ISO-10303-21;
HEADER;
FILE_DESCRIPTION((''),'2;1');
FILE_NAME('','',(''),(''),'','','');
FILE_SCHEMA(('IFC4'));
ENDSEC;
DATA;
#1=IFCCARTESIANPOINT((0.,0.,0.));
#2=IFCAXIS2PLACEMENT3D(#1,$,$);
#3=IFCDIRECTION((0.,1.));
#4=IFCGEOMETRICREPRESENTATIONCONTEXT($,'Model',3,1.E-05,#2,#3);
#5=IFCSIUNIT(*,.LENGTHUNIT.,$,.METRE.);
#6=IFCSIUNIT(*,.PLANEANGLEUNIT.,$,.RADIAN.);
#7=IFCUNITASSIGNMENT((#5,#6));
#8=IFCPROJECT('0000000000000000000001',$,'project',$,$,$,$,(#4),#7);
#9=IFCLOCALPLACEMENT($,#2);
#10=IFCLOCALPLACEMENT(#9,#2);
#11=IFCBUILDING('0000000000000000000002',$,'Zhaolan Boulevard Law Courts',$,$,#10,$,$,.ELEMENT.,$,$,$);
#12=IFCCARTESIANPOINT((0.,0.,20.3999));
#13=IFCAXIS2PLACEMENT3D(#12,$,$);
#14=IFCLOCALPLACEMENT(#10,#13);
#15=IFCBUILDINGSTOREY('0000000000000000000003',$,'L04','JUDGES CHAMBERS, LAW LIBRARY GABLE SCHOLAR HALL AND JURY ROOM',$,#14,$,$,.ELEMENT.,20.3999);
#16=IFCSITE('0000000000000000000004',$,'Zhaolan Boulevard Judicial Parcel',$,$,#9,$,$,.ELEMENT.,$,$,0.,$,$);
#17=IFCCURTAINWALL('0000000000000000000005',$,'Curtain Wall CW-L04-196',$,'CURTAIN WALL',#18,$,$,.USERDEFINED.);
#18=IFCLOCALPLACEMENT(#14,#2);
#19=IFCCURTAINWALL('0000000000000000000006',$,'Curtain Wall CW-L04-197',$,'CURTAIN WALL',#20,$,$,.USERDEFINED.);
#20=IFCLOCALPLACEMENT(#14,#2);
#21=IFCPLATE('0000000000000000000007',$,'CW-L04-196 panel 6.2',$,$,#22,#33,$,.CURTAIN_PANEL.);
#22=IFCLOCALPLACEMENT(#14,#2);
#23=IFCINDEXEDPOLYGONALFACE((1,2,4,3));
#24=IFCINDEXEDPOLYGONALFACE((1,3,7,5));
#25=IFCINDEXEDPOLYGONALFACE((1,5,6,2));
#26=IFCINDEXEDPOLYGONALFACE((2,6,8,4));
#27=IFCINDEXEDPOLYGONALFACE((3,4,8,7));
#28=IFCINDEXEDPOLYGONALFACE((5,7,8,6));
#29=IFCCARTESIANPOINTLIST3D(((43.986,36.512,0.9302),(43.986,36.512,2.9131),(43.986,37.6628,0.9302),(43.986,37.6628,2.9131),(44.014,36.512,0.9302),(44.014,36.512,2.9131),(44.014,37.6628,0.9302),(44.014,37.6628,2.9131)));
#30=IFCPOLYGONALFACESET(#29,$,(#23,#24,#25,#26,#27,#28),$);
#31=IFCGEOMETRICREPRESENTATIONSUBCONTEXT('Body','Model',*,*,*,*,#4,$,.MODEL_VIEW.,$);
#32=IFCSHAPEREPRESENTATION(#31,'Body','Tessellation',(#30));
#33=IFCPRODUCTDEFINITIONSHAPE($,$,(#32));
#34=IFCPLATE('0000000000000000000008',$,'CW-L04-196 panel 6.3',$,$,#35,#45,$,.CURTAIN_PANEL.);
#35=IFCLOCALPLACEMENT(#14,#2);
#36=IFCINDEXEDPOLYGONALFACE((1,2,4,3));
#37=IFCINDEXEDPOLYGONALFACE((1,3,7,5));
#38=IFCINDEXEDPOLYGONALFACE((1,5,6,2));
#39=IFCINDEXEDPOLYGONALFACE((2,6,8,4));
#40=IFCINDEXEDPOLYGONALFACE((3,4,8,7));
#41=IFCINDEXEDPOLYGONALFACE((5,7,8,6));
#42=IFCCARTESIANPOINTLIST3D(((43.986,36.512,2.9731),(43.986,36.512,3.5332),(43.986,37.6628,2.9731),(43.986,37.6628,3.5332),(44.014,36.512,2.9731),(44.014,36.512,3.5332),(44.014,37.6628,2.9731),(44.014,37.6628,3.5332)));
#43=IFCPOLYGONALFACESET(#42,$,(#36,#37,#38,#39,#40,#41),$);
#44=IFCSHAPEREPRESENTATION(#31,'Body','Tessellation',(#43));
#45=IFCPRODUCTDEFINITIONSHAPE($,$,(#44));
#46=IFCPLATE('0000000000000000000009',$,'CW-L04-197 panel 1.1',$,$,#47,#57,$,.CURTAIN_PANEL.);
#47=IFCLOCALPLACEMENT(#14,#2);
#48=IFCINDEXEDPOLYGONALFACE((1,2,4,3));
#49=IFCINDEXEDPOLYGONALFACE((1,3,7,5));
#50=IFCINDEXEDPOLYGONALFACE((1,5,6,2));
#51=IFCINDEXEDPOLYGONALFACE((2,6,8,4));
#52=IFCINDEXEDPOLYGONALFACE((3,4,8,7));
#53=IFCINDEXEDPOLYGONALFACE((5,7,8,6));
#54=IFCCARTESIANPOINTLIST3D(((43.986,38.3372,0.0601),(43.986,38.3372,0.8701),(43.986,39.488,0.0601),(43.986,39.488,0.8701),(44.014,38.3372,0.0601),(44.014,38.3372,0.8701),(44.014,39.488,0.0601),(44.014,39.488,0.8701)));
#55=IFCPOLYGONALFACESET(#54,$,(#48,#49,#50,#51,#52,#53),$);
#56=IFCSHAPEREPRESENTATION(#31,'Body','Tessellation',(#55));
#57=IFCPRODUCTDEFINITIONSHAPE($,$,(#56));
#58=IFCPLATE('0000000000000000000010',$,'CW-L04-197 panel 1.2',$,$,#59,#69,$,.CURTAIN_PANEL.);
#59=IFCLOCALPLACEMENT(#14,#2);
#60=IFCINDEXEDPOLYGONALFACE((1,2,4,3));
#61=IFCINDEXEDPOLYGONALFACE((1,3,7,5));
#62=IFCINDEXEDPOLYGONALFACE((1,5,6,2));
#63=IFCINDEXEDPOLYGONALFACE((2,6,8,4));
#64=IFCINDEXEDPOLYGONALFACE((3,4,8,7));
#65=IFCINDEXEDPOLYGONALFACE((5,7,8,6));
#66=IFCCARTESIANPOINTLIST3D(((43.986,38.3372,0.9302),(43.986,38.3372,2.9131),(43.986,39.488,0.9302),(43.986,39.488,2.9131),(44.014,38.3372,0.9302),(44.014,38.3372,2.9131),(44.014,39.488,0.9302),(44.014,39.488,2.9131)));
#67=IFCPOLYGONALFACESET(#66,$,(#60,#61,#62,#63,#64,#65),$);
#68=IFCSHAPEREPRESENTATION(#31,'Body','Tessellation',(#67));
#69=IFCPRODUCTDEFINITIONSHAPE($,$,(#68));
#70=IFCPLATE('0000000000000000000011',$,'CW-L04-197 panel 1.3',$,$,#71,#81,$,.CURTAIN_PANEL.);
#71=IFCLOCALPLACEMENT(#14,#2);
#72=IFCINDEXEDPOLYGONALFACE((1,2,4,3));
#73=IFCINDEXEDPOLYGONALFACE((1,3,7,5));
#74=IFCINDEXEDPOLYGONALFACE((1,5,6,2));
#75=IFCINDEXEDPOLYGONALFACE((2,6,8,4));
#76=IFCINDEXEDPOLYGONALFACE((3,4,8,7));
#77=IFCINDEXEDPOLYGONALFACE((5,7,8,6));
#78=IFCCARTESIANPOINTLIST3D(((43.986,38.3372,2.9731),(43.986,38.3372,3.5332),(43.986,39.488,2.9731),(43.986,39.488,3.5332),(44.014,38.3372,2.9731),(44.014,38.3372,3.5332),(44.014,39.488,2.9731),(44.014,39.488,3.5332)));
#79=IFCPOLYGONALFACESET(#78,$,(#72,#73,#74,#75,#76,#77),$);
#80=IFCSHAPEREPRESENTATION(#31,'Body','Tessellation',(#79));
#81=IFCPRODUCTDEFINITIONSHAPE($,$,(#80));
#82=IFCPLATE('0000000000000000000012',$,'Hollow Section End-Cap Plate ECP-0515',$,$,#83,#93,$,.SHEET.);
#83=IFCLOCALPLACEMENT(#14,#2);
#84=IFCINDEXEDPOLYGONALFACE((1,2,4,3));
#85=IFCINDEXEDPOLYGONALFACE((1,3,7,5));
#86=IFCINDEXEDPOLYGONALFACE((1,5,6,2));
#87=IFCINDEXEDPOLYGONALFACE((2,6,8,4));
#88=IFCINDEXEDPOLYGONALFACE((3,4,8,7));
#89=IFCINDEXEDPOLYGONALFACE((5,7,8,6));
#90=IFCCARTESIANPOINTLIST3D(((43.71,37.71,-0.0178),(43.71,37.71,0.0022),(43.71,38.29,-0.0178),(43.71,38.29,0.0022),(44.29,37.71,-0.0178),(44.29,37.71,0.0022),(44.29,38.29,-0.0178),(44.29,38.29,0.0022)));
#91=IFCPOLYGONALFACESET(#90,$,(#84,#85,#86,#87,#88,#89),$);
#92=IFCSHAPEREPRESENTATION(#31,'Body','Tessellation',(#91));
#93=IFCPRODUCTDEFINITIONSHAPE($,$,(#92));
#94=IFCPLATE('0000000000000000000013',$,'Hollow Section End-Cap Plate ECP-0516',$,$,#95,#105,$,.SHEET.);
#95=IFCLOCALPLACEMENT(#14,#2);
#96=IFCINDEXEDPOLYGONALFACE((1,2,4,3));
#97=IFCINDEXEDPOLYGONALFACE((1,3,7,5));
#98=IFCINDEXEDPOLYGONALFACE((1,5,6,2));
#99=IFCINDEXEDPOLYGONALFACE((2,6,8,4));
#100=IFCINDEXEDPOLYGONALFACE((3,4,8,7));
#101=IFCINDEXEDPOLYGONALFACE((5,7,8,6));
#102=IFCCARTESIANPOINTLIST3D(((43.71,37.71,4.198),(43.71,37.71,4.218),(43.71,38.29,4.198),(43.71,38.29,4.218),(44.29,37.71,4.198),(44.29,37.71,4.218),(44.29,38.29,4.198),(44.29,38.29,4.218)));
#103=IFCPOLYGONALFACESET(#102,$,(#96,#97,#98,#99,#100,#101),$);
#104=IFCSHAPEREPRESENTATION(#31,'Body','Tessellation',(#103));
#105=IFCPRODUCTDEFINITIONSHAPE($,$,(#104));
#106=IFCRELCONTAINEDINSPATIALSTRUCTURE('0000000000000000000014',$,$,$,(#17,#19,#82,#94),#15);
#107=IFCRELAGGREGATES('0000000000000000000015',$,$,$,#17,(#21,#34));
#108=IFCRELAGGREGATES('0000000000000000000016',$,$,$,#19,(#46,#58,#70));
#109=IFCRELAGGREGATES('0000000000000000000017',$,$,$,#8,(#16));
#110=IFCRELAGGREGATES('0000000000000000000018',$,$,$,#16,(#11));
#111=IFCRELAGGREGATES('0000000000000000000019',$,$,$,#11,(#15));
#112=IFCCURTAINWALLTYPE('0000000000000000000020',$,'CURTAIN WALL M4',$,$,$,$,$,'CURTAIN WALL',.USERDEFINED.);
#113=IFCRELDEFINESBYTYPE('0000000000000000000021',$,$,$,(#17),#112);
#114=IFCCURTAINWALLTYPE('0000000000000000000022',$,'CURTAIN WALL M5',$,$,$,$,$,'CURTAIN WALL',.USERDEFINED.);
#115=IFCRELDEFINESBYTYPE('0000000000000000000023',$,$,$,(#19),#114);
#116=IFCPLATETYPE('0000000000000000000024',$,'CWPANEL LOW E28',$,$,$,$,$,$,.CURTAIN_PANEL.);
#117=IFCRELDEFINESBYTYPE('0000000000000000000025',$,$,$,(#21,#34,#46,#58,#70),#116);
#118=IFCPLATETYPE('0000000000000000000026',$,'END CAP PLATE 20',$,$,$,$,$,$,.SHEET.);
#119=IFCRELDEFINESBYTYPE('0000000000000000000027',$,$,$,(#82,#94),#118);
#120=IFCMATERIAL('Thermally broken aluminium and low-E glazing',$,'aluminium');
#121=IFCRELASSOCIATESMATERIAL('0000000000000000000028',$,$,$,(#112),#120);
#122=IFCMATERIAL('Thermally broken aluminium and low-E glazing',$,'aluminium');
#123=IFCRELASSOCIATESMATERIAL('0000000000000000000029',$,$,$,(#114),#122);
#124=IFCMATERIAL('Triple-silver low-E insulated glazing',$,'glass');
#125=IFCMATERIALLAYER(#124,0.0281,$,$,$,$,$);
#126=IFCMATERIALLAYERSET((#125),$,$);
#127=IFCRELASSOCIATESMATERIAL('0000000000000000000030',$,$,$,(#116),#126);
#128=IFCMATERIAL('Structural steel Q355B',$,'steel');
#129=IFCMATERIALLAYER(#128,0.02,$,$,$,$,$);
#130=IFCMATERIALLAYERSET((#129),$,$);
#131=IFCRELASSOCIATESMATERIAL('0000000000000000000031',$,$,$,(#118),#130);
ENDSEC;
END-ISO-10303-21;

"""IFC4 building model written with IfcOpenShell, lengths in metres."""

from ifc_helpers import new_model, si_unit, direction, frame, origin, origin_2d, place, context, subcontext, project, spatial, rectangle, extrude, material, layer, layer_set, type_object, element, aggregate, save


model = new_model("IFC4")

# Units and contexts
model_context = context("Model", 3, precision=1e-05, world=origin(), true_north=direction((0.0, 1.0)))
body_context = subcontext(model_context, "Body", "Model", "MODEL_VIEW")
ifc_project = project(units=[si_unit("LENGTHUNIT", "METRE"), si_unit("PLANEANGLEUNIT", "RADIAN")], contexts=[model_context])

# Site, building, storey
site_placement = place(None, origin())
site = spatial("IfcSite", under=ifc_project, at=site_placement, Name="Zhaolan Boulevard Judicial Parcel", CompositionType="ELEMENT", RefElevation=0.0)
building_placement = place(site_placement, origin())
building = spatial("IfcBuilding", under=site, at=building_placement, Name="Zhaolan Boulevard Law Courts", CompositionType="ELEMENT")
storey_placement = place(building_placement, frame((0.0, 0.0, 20.3999)))
storey = spatial("IfcBuildingStorey", under=building, at=storey_placement, Name="L04", Description="JUDGES CHAMBERS, LAW LIBRARY GABLE SCHOLAR HALL AND JURY ROOM", CompositionType="ELEMENT", Elevation=20.3999)

# Curtain walls
ifc_material_1 = material(Name="Thermally broken aluminium and low-E glazing", Category="aluminium")
curtain_wall_type_1 = type_object("IfcCurtainWallType", Name="CURTAIN WALL M4", ElementType="CURTAIN WALL", PredefinedType="USERDEFINED", material=ifc_material_1)
curtain_wall_1_placement = place(storey_placement, origin())
curtain_wall_1 = element("IfcCurtainWall", 1, at=curtain_wall_1_placement, inside=storey, type_object=curtain_wall_type_1, Name="Curtain Wall CW-L04-196", ObjectType="CURTAIN WALL", PredefinedType="USERDEFINED")
ifc_material_2 = material(Name="Thermally broken aluminium and low-E glazing", Category="aluminium")
curtain_wall_type_2 = type_object("IfcCurtainWallType", Name="CURTAIN WALL M5", ElementType="CURTAIN WALL", PredefinedType="USERDEFINED", material=ifc_material_2)
curtain_wall_2_placement = place(storey_placement, origin())
curtain_wall_2 = element("IfcCurtainWall", 2, at=curtain_wall_2_placement, inside=storey, type_object=curtain_wall_type_2, Name="Curtain Wall CW-L04-197", ObjectType="CURTAIN WALL", PredefinedType="USERDEFINED")

# Plates
ifc_material_3 = material(Name="Triple-silver low-E insulated glazing", Category="glass")
ifc_layer_1 = layer(ifc_material_3, 0.0281)
ifc_layer_set_1 = layer_set([ifc_layer_1])
plate_type_1 = type_object("IfcPlateType", Name="CWPANEL LOW E28", PredefinedType="CURTAIN_PANEL", material=ifc_layer_set_1)
plate_1_placement = place(storey_placement, frame((44.0, 37.0874, 0.9302), z_axis=(0.0, 0.0, 1.0), x_axis=(0.0, 1.0, 0.0)))
plate_1 = element("IfcPlate", 3, at=plate_1_placement, type_object=plate_type_1, Name="CW-L04-196 panel 6.2", PredefinedType="CURTAIN_PANEL", context=body_context, shape_type="SweptSolid", body=[
    extrude(rectangle(XDim=1.1509, YDim=0.0281, at=origin_2d()), origin(), (0.0, 0.0, 1.0), 1.9829),
])
plate_2_placement = place(storey_placement, frame((44.0, 37.0874, 2.9731), z_axis=(0.0, 0.0, 1.0), x_axis=(0.0, 1.0, 0.0)))
plate_2 = element("IfcPlate", 4, at=plate_2_placement, type_object=plate_type_1, Name="CW-L04-196 panel 6.3", PredefinedType="CURTAIN_PANEL", context=body_context, shape_type="SweptSolid", body=[
    extrude(rectangle(XDim=1.1509, YDim=0.0281, at=origin_2d()), origin(), (0.0, 0.0, 1.0), 0.5601),
])
aggregate(curtain_wall_1, [plate_1, plate_2])
plate_3_placement = place(storey_placement, frame((44.0, 38.9126, 0.0601), z_axis=(0.0, 0.0, 1.0), x_axis=(0.0, 1.0, 0.0)))
plate_3 = element("IfcPlate", 5, at=plate_3_placement, type_object=plate_type_1, Name="CW-L04-197 panel 1.1", PredefinedType="CURTAIN_PANEL", context=body_context, shape_type="SweptSolid", body=[
    extrude(rectangle(XDim=1.1509, YDim=0.0281, at=origin_2d()), origin(), (0.0, 0.0, 1.0), 0.8101),
])
plate_4_placement = place(storey_placement, frame((44.0, 38.9126, 0.9302), z_axis=(0.0, 0.0, 1.0), x_axis=(0.0, 1.0, 0.0)))
plate_4 = element("IfcPlate", 6, at=plate_4_placement, type_object=plate_type_1, Name="CW-L04-197 panel 1.2", PredefinedType="CURTAIN_PANEL", context=body_context, shape_type="SweptSolid", body=[
    extrude(rectangle(XDim=1.1509, YDim=0.0281, at=origin_2d()), origin(), (0.0, 0.0, 1.0), 1.9829),
])
plate_5_placement = place(storey_placement, frame((44.0, 38.9126, 2.9731), z_axis=(0.0, 0.0, 1.0), x_axis=(0.0, 1.0, 0.0)))
plate_5 = element("IfcPlate", 7, at=plate_5_placement, type_object=plate_type_1, Name="CW-L04-197 panel 1.3", PredefinedType="CURTAIN_PANEL", context=body_context, shape_type="SweptSolid", body=[
    extrude(rectangle(XDim=1.1509, YDim=0.0281, at=origin_2d()), origin(), (0.0, 0.0, 1.0), 0.5601),
])
aggregate(curtain_wall_2, [plate_3, plate_4, plate_5])

# Plates
ifc_material_4 = material(Name="Structural steel Q355B", Category="steel")
ifc_layer_2 = layer(ifc_material_4, 0.02)
ifc_layer_set_2 = layer_set([ifc_layer_2])
plate_type_2 = type_object("IfcPlateType", Name="END CAP PLATE 20", PredefinedType="SHEET", material=ifc_layer_set_2)
for number, where, z_axis, x_axis, name in (
    (8, (44.0, 38.0, -0.0178), (0.0, 0.0, 1.0), (1.0, 0.0, 0.0), "Hollow Section End-Cap Plate ECP-0515"),
    (9, (44.0, 38.0, 4.198), (0.0, 0.0, 1.0), (1.0, 0.0, 0.0), "Hollow Section End-Cap Plate ECP-0516"),
):
    element("IfcPlate", number, at=place(storey_placement, frame(where, z_axis=z_axis, x_axis=x_axis)), inside=storey, type_object=plate_type_2, Name=name, PredefinedType="SHEET", context=body_context, shape_type="SweptSolid", body=[
        extrude(rectangle(XDim=0.5801, YDim=0.5801, at=origin_2d()), origin(), (0.0, 0.0, 1.0), 0.02),
    ])

save(model, "model.ifc")
